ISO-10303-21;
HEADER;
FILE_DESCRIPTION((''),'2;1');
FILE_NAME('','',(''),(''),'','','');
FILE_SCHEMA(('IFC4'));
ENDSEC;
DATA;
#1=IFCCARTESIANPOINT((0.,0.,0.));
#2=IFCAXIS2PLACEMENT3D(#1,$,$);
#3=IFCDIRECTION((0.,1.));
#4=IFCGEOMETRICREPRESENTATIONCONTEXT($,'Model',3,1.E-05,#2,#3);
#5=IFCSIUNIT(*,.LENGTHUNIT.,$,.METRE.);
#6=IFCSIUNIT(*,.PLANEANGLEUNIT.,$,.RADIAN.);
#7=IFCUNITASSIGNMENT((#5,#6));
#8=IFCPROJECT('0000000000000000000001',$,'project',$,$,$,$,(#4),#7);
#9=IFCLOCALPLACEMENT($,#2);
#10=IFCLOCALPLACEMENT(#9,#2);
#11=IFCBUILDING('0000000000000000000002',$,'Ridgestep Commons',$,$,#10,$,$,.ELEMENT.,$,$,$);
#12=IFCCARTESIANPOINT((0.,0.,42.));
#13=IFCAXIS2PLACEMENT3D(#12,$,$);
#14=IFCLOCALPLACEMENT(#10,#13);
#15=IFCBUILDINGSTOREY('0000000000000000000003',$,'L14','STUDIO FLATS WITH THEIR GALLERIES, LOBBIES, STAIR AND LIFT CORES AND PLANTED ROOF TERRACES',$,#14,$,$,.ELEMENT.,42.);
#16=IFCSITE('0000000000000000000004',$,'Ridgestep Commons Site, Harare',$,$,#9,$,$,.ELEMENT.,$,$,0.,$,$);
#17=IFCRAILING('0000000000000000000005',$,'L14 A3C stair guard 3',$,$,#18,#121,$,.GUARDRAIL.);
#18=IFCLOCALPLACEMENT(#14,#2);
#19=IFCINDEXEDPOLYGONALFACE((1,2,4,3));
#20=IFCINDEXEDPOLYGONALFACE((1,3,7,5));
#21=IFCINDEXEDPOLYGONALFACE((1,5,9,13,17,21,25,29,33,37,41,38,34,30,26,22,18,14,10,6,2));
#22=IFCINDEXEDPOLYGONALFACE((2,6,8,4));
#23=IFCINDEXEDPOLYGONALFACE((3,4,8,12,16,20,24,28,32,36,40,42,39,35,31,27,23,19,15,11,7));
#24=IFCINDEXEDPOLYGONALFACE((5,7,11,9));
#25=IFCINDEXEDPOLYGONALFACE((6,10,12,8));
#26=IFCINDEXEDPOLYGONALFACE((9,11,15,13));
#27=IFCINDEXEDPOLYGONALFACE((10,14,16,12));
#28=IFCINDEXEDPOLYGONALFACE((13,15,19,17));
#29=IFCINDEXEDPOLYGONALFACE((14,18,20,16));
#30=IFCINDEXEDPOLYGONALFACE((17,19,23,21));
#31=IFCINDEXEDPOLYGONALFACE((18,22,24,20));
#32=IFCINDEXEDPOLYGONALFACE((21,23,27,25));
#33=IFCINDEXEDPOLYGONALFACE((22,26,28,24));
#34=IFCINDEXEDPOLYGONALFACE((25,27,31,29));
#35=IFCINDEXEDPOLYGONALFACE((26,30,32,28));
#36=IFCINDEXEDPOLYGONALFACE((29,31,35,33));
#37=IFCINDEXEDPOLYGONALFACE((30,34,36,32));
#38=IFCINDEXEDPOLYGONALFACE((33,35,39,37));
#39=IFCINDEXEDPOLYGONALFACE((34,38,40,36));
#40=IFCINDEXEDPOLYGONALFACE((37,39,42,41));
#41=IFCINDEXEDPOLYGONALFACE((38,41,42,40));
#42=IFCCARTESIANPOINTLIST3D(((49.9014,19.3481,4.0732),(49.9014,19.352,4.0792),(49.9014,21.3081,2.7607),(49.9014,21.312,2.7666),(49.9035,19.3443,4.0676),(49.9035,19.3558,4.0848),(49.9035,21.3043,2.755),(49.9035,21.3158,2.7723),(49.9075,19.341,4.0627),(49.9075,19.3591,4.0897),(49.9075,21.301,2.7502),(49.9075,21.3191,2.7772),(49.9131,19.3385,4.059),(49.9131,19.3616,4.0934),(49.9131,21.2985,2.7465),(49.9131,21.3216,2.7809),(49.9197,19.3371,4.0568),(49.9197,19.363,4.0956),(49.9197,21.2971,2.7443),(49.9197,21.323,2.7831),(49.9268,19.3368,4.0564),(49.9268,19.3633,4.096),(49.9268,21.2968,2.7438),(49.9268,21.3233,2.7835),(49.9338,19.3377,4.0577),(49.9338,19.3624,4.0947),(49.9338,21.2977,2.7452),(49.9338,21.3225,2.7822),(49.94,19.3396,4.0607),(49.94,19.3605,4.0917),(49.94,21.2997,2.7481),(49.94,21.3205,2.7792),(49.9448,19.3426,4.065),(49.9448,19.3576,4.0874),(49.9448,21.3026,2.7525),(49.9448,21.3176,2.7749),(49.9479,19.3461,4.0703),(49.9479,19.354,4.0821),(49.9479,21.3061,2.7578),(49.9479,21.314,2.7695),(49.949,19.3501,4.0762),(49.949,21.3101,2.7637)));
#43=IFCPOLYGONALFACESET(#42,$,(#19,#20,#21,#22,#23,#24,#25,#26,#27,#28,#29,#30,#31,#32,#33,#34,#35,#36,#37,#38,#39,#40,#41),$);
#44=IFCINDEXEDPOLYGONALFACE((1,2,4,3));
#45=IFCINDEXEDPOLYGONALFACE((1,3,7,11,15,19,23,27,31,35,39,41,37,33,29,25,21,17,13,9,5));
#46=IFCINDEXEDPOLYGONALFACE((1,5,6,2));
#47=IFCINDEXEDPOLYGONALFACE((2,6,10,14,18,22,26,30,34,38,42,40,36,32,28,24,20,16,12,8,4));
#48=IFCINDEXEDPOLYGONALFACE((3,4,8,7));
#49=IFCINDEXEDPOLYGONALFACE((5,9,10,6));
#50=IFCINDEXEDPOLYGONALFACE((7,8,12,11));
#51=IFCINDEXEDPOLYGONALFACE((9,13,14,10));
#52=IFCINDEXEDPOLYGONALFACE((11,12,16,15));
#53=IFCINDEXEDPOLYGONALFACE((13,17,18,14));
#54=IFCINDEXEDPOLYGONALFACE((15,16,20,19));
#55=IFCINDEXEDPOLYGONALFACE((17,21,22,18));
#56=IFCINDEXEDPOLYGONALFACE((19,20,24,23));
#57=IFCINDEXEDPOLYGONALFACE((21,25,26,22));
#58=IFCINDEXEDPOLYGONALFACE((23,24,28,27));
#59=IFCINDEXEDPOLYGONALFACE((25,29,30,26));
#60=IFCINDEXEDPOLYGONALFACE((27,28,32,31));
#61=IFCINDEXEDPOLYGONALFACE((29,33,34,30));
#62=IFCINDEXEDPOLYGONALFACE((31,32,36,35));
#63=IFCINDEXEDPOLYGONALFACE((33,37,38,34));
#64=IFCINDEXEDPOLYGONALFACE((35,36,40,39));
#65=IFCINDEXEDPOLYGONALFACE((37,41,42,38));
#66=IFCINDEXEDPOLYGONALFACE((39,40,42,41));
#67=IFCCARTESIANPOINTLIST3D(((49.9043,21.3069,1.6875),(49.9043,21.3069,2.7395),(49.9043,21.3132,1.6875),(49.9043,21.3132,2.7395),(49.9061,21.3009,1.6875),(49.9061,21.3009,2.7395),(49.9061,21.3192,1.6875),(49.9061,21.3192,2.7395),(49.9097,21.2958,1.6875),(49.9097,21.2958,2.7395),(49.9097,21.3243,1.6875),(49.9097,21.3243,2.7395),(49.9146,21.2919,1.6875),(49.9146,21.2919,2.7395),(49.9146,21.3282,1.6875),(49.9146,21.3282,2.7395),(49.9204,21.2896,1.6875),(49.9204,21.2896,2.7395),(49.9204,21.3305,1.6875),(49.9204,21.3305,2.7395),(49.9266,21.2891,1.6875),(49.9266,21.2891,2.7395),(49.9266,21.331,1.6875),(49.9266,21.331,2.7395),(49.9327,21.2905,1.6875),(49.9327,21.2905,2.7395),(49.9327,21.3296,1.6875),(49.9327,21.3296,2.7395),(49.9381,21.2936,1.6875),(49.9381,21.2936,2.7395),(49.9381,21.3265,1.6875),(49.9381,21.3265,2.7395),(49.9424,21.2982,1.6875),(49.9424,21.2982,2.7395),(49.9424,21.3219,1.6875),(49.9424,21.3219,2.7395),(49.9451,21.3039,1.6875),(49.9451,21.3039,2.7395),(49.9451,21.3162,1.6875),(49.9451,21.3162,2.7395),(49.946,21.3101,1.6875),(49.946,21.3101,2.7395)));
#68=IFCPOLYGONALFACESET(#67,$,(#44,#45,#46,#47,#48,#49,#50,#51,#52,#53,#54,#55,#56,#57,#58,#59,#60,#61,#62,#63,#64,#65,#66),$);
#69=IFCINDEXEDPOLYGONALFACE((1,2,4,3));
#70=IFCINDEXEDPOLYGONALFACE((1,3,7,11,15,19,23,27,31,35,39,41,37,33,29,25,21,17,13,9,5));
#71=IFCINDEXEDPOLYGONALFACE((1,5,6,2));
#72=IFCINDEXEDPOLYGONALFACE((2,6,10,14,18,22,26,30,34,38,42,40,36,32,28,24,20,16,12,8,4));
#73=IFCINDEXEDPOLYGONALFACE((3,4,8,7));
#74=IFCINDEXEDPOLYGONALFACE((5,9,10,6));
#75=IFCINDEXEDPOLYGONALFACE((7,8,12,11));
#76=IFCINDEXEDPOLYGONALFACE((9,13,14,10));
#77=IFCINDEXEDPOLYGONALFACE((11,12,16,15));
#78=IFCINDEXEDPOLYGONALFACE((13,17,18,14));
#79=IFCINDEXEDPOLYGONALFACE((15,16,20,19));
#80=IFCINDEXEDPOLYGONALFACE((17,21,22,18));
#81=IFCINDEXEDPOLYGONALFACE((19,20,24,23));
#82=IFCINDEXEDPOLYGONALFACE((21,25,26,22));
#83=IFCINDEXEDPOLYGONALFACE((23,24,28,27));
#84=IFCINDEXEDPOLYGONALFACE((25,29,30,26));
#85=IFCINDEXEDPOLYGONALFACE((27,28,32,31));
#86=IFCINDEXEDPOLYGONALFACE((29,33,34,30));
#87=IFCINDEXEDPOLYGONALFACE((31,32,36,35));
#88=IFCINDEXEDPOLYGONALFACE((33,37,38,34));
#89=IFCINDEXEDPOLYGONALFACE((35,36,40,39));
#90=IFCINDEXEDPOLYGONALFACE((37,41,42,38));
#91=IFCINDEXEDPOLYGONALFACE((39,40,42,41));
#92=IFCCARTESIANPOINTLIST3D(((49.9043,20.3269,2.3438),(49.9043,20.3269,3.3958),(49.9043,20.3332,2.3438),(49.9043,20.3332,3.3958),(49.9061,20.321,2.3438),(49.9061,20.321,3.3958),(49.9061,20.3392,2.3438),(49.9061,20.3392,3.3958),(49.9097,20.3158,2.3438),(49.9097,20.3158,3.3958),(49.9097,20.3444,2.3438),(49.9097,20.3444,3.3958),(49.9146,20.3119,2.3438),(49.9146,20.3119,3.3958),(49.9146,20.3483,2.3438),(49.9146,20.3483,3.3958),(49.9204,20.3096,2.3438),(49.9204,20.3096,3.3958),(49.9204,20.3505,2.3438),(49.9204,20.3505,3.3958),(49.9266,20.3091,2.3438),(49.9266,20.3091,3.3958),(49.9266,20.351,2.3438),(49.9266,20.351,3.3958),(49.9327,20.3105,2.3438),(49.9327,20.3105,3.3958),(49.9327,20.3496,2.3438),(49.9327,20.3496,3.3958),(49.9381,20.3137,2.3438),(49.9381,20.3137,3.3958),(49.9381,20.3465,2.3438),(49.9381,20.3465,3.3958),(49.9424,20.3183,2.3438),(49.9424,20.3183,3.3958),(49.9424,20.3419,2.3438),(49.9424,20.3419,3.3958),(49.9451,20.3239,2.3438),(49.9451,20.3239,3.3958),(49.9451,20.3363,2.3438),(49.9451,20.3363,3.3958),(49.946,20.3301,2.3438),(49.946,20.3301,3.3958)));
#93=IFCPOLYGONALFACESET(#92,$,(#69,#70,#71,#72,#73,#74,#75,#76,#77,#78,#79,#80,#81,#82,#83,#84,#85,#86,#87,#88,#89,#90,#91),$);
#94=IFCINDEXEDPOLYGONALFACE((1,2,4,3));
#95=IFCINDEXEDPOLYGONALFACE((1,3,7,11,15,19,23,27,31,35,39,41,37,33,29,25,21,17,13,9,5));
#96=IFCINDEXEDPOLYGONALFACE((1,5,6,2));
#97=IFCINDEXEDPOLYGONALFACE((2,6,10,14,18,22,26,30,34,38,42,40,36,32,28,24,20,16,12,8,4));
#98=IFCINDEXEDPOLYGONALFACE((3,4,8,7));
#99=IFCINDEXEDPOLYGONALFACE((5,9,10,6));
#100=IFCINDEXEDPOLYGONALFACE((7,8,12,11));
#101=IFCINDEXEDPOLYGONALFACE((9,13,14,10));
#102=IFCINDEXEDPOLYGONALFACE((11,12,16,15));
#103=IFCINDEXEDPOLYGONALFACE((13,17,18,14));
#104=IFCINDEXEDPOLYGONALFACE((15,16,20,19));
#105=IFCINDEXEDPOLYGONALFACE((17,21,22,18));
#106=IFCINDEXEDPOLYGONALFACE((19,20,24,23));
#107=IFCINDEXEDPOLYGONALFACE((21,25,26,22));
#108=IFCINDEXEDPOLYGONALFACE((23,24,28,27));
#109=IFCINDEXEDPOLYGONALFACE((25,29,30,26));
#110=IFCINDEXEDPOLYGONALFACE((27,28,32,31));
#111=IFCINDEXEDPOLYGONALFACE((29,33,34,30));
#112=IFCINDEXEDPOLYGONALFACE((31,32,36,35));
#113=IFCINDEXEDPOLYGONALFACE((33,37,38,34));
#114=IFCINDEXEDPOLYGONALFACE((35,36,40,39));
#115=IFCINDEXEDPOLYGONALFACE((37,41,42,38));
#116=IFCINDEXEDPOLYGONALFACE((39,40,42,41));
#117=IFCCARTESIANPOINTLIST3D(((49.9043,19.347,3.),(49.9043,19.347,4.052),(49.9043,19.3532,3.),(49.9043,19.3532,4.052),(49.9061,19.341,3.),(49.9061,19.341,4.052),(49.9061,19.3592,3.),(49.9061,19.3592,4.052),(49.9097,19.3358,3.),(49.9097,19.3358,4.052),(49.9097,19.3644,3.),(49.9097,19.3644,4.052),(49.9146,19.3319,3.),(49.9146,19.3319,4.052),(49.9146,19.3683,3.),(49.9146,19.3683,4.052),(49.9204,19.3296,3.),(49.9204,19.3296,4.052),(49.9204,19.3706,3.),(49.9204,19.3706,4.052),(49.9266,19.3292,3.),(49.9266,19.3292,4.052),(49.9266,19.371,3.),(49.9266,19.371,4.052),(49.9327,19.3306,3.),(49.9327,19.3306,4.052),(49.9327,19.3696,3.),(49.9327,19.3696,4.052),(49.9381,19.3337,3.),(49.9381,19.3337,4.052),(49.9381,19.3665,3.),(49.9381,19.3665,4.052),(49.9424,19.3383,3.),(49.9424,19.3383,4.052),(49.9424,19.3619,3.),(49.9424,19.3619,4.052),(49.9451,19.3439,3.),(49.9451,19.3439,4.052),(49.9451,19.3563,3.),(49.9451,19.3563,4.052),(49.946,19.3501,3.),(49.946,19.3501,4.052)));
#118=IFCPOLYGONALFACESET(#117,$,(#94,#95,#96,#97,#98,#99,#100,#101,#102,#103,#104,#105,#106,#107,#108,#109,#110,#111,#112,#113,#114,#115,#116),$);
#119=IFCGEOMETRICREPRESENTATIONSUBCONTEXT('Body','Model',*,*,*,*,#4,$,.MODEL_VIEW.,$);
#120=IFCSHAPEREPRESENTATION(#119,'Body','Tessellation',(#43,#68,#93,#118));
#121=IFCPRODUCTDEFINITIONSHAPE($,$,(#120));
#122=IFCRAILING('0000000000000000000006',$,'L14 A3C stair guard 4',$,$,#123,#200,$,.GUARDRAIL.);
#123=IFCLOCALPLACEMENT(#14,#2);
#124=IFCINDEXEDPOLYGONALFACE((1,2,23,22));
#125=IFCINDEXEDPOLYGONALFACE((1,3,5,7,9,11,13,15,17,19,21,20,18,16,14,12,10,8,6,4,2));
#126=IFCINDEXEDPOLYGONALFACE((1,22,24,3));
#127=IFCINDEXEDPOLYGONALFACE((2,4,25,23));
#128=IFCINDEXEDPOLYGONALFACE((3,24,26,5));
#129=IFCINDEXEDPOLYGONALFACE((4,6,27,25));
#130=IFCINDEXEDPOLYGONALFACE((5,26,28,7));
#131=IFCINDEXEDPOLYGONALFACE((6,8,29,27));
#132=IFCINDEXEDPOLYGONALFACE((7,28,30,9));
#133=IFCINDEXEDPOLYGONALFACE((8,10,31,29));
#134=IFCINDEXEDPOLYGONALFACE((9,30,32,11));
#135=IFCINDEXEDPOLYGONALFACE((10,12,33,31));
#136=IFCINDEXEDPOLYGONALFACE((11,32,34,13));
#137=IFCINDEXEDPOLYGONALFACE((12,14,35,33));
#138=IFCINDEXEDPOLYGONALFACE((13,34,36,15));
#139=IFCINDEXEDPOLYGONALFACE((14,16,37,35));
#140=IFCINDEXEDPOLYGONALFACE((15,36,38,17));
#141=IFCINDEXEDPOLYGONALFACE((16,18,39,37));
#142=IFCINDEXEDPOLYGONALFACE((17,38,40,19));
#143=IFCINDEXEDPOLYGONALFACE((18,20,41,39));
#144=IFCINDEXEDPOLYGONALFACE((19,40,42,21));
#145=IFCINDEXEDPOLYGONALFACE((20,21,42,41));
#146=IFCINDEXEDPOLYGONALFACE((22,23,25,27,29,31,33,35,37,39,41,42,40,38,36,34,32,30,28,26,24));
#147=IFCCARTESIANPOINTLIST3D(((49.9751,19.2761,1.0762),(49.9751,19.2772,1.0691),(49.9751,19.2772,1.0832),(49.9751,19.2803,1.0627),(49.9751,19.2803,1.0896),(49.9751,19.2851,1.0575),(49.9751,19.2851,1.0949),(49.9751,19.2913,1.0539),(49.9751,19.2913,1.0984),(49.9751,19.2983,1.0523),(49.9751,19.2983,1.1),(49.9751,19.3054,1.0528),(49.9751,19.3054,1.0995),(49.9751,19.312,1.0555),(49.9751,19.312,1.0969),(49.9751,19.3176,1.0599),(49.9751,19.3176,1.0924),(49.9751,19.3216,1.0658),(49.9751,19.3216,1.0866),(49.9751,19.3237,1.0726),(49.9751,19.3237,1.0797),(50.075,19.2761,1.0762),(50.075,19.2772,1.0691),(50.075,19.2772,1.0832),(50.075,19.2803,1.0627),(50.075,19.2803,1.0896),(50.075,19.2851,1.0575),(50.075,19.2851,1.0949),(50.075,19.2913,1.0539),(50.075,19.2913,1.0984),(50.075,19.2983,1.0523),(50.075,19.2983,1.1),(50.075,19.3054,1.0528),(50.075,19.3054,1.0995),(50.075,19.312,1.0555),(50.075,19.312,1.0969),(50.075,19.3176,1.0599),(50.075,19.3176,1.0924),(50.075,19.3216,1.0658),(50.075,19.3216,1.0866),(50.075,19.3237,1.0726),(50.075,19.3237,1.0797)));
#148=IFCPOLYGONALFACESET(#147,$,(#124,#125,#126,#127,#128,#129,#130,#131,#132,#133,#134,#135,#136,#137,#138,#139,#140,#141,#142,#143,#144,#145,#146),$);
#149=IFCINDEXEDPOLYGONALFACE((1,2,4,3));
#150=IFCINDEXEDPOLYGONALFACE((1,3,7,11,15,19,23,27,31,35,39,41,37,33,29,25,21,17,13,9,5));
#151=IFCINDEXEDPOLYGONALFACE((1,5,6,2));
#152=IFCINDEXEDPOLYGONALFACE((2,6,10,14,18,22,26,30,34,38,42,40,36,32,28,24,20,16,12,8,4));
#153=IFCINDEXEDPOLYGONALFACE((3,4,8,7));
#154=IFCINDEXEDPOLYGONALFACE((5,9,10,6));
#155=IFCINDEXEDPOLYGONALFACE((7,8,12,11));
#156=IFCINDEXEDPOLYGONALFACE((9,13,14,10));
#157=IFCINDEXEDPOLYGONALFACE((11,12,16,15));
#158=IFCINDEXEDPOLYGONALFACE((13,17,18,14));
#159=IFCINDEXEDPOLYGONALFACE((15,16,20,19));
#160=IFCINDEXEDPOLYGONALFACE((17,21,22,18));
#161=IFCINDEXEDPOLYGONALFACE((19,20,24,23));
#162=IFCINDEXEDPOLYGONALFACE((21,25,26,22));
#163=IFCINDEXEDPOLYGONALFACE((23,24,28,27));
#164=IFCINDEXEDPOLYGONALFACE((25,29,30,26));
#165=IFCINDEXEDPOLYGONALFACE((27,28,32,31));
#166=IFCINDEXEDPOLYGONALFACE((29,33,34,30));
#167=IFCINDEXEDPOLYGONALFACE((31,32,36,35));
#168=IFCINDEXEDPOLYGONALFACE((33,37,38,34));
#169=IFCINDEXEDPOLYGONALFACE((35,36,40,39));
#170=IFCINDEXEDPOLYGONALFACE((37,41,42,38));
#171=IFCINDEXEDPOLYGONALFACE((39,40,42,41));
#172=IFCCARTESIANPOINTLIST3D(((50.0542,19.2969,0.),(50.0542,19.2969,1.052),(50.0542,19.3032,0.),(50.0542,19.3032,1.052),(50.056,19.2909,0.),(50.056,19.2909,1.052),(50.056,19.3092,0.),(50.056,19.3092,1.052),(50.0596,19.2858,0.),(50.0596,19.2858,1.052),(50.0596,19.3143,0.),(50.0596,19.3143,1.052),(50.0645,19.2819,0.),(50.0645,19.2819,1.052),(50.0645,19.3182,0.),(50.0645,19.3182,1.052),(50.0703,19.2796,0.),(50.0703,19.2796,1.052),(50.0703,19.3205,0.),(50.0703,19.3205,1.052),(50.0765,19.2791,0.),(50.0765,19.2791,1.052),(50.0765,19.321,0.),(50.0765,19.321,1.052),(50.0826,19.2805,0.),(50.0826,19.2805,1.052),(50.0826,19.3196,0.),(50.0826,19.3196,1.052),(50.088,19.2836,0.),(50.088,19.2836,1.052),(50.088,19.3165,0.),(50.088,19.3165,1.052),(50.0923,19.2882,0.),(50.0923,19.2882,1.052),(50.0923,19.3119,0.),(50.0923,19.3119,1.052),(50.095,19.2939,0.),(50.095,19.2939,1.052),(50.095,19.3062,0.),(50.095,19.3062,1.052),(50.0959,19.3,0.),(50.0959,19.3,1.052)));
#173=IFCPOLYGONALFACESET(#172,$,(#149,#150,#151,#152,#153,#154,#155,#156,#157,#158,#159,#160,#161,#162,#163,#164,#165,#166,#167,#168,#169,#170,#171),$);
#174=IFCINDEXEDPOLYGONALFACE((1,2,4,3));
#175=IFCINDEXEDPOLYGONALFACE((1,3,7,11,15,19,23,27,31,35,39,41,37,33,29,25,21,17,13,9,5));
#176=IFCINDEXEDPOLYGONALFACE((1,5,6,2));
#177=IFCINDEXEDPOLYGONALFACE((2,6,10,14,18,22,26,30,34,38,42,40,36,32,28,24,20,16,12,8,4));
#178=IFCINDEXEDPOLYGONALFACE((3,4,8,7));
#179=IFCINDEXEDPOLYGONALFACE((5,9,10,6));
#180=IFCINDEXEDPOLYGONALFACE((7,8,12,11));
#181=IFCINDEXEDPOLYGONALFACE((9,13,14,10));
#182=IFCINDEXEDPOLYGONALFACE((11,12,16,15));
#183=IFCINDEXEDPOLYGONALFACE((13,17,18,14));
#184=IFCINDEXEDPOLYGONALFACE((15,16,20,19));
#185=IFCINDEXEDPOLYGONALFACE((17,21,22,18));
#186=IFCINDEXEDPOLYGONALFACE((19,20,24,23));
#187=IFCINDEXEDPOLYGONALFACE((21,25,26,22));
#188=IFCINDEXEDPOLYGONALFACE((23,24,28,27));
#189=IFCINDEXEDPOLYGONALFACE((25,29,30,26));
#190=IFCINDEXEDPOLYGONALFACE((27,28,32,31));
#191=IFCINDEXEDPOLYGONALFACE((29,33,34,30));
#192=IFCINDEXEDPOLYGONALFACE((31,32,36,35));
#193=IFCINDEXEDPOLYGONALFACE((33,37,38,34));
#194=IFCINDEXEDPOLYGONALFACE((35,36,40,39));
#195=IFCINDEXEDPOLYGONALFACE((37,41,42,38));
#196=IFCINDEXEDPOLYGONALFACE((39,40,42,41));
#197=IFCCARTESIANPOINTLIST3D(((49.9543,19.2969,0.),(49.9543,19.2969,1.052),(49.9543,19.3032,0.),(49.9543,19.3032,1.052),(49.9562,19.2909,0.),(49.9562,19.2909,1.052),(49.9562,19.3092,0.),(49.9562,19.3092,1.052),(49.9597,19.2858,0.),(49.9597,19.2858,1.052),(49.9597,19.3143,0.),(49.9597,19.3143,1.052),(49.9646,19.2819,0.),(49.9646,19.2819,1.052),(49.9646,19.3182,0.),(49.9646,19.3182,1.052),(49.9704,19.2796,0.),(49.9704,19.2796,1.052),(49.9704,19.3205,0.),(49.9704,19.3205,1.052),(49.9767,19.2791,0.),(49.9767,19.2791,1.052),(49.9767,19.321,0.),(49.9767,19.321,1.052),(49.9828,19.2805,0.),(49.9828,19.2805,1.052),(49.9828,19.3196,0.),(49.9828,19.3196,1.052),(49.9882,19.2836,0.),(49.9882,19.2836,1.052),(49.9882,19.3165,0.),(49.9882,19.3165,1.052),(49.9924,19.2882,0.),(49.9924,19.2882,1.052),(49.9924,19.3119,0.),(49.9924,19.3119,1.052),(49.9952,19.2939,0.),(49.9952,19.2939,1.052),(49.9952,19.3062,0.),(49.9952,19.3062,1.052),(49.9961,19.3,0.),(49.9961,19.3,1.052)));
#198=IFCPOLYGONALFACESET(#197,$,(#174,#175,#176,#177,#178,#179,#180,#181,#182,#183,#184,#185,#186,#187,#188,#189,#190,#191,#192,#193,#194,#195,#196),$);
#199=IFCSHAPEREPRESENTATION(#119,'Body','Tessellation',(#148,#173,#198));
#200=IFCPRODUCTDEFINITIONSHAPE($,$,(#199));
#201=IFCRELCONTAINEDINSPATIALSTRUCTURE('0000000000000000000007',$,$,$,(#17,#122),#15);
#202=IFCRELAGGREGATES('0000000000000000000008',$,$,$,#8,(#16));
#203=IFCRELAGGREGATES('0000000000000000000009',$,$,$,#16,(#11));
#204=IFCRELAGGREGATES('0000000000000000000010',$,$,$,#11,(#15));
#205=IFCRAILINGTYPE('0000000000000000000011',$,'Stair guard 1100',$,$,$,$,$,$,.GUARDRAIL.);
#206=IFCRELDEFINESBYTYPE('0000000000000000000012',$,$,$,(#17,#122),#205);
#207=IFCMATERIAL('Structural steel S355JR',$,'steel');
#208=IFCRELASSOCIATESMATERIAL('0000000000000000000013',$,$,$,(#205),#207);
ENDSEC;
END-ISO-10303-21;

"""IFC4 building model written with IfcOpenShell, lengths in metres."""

from ifc_helpers import new_model, si_unit, direction, frame, origin, origin_2d, place, context, subcontext, project, spatial, circle, extrude, material, type_object, element, save


model = new_model("IFC4")

# Units and contexts
model_context = context("Model", 3, precision=1e-05, world=origin(), true_north=direction((0.0, 1.0)))
body_context = subcontext(model_context, "Body", "Model", "MODEL_VIEW")
ifc_project = project(units=[si_unit("LENGTHUNIT", "METRE"), si_unit("PLANEANGLEUNIT", "RADIAN")], contexts=[model_context])

# Site, building, storey
site_placement = place(None, origin())
site = spatial("IfcSite", under=ifc_project, at=site_placement, Name="Ridgestep Commons Site, Harare", CompositionType="ELEMENT", RefElevation=0.0)
building_placement = place(site_placement, origin())
building = spatial("IfcBuilding", under=site, at=building_placement, Name="Ridgestep Commons", CompositionType="ELEMENT")
storey_placement = place(building_placement, frame((0.0, 0.0, 42.0)))
storey = spatial("IfcBuildingStorey", under=building, at=storey_placement, Name="L14", Description="STUDIO FLATS WITH THEIR GALLERIES, LOBBIES, STAIR AND LIFT CORES AND PLANTED ROOF TERRACES", CompositionType="ELEMENT", Elevation=42.0)

# Railings
ifc_material_1 = material(Name="Structural steel S355JR", Category="steel")
railing_type_1 = type_object("IfcRailingType", Name="Stair guard 1100", PredefinedType="GUARDRAIL", material=ifc_material_1)
railing_1_placement = place(storey_placement, frame((49.925, 21.3101, 1.6875)))
element("IfcRailing", 1, at=railing_1_placement, inside=storey, type_object=railing_type_1, Name="L14 A3C stair guard 3", PredefinedType="GUARDRAIL", context=body_context, shape_type="SweptSolid", body=[
    extrude(circle(Radius=0.0239, at=origin_2d()), frame((0.0, 0.0, 1.0762), z_axis=(0.0, -0.830902, 0.556419), x_axis=(1.0, 0.0, 0.0)), (0.0, 0.0, 1.0), 2.3589),
    extrude(circle(Radius=0.021, at=origin_2d()), origin(), (0.0, 0.0, 1.0), 1.052),
    extrude(circle(Radius=0.021, at=origin_2d()), frame((0.0, -0.98, 0.6562)), (0.0, 0.0, 1.0), 1.052),
    extrude(circle(Radius=0.021, at=origin_2d()), frame((0.0, -1.96, 1.3125)), (0.0, 0.0, 1.0), 1.052),
])
railing_2_placement = place(storey_placement, frame((50.075, 19.3, 0.0)))
element("IfcRailing", 2, at=railing_2_placement, inside=storey, type_object=railing_type_1, Name="L14 A3C stair guard 4", PredefinedType="GUARDRAIL", context=body_context, shape_type="SweptSolid", body=[
    extrude(circle(Radius=0.0239, at=origin_2d()), frame((0.0, 0.0, 1.0762), z_axis=(-1.0, 0.0, 0.0), x_axis=(0.0, -1.0, 0.0)), (0.0, 0.0, 1.0), 0.0999),
    extrude(circle(Radius=0.021, at=origin_2d()), origin(), (0.0, 0.0, 1.0), 1.052),
    extrude(circle(Radius=0.021, at=origin_2d()), frame((-0.0999, 0.0, 0.0)), (0.0, 0.0, 1.0), 1.052),
])

save(model, "model.ifc")
